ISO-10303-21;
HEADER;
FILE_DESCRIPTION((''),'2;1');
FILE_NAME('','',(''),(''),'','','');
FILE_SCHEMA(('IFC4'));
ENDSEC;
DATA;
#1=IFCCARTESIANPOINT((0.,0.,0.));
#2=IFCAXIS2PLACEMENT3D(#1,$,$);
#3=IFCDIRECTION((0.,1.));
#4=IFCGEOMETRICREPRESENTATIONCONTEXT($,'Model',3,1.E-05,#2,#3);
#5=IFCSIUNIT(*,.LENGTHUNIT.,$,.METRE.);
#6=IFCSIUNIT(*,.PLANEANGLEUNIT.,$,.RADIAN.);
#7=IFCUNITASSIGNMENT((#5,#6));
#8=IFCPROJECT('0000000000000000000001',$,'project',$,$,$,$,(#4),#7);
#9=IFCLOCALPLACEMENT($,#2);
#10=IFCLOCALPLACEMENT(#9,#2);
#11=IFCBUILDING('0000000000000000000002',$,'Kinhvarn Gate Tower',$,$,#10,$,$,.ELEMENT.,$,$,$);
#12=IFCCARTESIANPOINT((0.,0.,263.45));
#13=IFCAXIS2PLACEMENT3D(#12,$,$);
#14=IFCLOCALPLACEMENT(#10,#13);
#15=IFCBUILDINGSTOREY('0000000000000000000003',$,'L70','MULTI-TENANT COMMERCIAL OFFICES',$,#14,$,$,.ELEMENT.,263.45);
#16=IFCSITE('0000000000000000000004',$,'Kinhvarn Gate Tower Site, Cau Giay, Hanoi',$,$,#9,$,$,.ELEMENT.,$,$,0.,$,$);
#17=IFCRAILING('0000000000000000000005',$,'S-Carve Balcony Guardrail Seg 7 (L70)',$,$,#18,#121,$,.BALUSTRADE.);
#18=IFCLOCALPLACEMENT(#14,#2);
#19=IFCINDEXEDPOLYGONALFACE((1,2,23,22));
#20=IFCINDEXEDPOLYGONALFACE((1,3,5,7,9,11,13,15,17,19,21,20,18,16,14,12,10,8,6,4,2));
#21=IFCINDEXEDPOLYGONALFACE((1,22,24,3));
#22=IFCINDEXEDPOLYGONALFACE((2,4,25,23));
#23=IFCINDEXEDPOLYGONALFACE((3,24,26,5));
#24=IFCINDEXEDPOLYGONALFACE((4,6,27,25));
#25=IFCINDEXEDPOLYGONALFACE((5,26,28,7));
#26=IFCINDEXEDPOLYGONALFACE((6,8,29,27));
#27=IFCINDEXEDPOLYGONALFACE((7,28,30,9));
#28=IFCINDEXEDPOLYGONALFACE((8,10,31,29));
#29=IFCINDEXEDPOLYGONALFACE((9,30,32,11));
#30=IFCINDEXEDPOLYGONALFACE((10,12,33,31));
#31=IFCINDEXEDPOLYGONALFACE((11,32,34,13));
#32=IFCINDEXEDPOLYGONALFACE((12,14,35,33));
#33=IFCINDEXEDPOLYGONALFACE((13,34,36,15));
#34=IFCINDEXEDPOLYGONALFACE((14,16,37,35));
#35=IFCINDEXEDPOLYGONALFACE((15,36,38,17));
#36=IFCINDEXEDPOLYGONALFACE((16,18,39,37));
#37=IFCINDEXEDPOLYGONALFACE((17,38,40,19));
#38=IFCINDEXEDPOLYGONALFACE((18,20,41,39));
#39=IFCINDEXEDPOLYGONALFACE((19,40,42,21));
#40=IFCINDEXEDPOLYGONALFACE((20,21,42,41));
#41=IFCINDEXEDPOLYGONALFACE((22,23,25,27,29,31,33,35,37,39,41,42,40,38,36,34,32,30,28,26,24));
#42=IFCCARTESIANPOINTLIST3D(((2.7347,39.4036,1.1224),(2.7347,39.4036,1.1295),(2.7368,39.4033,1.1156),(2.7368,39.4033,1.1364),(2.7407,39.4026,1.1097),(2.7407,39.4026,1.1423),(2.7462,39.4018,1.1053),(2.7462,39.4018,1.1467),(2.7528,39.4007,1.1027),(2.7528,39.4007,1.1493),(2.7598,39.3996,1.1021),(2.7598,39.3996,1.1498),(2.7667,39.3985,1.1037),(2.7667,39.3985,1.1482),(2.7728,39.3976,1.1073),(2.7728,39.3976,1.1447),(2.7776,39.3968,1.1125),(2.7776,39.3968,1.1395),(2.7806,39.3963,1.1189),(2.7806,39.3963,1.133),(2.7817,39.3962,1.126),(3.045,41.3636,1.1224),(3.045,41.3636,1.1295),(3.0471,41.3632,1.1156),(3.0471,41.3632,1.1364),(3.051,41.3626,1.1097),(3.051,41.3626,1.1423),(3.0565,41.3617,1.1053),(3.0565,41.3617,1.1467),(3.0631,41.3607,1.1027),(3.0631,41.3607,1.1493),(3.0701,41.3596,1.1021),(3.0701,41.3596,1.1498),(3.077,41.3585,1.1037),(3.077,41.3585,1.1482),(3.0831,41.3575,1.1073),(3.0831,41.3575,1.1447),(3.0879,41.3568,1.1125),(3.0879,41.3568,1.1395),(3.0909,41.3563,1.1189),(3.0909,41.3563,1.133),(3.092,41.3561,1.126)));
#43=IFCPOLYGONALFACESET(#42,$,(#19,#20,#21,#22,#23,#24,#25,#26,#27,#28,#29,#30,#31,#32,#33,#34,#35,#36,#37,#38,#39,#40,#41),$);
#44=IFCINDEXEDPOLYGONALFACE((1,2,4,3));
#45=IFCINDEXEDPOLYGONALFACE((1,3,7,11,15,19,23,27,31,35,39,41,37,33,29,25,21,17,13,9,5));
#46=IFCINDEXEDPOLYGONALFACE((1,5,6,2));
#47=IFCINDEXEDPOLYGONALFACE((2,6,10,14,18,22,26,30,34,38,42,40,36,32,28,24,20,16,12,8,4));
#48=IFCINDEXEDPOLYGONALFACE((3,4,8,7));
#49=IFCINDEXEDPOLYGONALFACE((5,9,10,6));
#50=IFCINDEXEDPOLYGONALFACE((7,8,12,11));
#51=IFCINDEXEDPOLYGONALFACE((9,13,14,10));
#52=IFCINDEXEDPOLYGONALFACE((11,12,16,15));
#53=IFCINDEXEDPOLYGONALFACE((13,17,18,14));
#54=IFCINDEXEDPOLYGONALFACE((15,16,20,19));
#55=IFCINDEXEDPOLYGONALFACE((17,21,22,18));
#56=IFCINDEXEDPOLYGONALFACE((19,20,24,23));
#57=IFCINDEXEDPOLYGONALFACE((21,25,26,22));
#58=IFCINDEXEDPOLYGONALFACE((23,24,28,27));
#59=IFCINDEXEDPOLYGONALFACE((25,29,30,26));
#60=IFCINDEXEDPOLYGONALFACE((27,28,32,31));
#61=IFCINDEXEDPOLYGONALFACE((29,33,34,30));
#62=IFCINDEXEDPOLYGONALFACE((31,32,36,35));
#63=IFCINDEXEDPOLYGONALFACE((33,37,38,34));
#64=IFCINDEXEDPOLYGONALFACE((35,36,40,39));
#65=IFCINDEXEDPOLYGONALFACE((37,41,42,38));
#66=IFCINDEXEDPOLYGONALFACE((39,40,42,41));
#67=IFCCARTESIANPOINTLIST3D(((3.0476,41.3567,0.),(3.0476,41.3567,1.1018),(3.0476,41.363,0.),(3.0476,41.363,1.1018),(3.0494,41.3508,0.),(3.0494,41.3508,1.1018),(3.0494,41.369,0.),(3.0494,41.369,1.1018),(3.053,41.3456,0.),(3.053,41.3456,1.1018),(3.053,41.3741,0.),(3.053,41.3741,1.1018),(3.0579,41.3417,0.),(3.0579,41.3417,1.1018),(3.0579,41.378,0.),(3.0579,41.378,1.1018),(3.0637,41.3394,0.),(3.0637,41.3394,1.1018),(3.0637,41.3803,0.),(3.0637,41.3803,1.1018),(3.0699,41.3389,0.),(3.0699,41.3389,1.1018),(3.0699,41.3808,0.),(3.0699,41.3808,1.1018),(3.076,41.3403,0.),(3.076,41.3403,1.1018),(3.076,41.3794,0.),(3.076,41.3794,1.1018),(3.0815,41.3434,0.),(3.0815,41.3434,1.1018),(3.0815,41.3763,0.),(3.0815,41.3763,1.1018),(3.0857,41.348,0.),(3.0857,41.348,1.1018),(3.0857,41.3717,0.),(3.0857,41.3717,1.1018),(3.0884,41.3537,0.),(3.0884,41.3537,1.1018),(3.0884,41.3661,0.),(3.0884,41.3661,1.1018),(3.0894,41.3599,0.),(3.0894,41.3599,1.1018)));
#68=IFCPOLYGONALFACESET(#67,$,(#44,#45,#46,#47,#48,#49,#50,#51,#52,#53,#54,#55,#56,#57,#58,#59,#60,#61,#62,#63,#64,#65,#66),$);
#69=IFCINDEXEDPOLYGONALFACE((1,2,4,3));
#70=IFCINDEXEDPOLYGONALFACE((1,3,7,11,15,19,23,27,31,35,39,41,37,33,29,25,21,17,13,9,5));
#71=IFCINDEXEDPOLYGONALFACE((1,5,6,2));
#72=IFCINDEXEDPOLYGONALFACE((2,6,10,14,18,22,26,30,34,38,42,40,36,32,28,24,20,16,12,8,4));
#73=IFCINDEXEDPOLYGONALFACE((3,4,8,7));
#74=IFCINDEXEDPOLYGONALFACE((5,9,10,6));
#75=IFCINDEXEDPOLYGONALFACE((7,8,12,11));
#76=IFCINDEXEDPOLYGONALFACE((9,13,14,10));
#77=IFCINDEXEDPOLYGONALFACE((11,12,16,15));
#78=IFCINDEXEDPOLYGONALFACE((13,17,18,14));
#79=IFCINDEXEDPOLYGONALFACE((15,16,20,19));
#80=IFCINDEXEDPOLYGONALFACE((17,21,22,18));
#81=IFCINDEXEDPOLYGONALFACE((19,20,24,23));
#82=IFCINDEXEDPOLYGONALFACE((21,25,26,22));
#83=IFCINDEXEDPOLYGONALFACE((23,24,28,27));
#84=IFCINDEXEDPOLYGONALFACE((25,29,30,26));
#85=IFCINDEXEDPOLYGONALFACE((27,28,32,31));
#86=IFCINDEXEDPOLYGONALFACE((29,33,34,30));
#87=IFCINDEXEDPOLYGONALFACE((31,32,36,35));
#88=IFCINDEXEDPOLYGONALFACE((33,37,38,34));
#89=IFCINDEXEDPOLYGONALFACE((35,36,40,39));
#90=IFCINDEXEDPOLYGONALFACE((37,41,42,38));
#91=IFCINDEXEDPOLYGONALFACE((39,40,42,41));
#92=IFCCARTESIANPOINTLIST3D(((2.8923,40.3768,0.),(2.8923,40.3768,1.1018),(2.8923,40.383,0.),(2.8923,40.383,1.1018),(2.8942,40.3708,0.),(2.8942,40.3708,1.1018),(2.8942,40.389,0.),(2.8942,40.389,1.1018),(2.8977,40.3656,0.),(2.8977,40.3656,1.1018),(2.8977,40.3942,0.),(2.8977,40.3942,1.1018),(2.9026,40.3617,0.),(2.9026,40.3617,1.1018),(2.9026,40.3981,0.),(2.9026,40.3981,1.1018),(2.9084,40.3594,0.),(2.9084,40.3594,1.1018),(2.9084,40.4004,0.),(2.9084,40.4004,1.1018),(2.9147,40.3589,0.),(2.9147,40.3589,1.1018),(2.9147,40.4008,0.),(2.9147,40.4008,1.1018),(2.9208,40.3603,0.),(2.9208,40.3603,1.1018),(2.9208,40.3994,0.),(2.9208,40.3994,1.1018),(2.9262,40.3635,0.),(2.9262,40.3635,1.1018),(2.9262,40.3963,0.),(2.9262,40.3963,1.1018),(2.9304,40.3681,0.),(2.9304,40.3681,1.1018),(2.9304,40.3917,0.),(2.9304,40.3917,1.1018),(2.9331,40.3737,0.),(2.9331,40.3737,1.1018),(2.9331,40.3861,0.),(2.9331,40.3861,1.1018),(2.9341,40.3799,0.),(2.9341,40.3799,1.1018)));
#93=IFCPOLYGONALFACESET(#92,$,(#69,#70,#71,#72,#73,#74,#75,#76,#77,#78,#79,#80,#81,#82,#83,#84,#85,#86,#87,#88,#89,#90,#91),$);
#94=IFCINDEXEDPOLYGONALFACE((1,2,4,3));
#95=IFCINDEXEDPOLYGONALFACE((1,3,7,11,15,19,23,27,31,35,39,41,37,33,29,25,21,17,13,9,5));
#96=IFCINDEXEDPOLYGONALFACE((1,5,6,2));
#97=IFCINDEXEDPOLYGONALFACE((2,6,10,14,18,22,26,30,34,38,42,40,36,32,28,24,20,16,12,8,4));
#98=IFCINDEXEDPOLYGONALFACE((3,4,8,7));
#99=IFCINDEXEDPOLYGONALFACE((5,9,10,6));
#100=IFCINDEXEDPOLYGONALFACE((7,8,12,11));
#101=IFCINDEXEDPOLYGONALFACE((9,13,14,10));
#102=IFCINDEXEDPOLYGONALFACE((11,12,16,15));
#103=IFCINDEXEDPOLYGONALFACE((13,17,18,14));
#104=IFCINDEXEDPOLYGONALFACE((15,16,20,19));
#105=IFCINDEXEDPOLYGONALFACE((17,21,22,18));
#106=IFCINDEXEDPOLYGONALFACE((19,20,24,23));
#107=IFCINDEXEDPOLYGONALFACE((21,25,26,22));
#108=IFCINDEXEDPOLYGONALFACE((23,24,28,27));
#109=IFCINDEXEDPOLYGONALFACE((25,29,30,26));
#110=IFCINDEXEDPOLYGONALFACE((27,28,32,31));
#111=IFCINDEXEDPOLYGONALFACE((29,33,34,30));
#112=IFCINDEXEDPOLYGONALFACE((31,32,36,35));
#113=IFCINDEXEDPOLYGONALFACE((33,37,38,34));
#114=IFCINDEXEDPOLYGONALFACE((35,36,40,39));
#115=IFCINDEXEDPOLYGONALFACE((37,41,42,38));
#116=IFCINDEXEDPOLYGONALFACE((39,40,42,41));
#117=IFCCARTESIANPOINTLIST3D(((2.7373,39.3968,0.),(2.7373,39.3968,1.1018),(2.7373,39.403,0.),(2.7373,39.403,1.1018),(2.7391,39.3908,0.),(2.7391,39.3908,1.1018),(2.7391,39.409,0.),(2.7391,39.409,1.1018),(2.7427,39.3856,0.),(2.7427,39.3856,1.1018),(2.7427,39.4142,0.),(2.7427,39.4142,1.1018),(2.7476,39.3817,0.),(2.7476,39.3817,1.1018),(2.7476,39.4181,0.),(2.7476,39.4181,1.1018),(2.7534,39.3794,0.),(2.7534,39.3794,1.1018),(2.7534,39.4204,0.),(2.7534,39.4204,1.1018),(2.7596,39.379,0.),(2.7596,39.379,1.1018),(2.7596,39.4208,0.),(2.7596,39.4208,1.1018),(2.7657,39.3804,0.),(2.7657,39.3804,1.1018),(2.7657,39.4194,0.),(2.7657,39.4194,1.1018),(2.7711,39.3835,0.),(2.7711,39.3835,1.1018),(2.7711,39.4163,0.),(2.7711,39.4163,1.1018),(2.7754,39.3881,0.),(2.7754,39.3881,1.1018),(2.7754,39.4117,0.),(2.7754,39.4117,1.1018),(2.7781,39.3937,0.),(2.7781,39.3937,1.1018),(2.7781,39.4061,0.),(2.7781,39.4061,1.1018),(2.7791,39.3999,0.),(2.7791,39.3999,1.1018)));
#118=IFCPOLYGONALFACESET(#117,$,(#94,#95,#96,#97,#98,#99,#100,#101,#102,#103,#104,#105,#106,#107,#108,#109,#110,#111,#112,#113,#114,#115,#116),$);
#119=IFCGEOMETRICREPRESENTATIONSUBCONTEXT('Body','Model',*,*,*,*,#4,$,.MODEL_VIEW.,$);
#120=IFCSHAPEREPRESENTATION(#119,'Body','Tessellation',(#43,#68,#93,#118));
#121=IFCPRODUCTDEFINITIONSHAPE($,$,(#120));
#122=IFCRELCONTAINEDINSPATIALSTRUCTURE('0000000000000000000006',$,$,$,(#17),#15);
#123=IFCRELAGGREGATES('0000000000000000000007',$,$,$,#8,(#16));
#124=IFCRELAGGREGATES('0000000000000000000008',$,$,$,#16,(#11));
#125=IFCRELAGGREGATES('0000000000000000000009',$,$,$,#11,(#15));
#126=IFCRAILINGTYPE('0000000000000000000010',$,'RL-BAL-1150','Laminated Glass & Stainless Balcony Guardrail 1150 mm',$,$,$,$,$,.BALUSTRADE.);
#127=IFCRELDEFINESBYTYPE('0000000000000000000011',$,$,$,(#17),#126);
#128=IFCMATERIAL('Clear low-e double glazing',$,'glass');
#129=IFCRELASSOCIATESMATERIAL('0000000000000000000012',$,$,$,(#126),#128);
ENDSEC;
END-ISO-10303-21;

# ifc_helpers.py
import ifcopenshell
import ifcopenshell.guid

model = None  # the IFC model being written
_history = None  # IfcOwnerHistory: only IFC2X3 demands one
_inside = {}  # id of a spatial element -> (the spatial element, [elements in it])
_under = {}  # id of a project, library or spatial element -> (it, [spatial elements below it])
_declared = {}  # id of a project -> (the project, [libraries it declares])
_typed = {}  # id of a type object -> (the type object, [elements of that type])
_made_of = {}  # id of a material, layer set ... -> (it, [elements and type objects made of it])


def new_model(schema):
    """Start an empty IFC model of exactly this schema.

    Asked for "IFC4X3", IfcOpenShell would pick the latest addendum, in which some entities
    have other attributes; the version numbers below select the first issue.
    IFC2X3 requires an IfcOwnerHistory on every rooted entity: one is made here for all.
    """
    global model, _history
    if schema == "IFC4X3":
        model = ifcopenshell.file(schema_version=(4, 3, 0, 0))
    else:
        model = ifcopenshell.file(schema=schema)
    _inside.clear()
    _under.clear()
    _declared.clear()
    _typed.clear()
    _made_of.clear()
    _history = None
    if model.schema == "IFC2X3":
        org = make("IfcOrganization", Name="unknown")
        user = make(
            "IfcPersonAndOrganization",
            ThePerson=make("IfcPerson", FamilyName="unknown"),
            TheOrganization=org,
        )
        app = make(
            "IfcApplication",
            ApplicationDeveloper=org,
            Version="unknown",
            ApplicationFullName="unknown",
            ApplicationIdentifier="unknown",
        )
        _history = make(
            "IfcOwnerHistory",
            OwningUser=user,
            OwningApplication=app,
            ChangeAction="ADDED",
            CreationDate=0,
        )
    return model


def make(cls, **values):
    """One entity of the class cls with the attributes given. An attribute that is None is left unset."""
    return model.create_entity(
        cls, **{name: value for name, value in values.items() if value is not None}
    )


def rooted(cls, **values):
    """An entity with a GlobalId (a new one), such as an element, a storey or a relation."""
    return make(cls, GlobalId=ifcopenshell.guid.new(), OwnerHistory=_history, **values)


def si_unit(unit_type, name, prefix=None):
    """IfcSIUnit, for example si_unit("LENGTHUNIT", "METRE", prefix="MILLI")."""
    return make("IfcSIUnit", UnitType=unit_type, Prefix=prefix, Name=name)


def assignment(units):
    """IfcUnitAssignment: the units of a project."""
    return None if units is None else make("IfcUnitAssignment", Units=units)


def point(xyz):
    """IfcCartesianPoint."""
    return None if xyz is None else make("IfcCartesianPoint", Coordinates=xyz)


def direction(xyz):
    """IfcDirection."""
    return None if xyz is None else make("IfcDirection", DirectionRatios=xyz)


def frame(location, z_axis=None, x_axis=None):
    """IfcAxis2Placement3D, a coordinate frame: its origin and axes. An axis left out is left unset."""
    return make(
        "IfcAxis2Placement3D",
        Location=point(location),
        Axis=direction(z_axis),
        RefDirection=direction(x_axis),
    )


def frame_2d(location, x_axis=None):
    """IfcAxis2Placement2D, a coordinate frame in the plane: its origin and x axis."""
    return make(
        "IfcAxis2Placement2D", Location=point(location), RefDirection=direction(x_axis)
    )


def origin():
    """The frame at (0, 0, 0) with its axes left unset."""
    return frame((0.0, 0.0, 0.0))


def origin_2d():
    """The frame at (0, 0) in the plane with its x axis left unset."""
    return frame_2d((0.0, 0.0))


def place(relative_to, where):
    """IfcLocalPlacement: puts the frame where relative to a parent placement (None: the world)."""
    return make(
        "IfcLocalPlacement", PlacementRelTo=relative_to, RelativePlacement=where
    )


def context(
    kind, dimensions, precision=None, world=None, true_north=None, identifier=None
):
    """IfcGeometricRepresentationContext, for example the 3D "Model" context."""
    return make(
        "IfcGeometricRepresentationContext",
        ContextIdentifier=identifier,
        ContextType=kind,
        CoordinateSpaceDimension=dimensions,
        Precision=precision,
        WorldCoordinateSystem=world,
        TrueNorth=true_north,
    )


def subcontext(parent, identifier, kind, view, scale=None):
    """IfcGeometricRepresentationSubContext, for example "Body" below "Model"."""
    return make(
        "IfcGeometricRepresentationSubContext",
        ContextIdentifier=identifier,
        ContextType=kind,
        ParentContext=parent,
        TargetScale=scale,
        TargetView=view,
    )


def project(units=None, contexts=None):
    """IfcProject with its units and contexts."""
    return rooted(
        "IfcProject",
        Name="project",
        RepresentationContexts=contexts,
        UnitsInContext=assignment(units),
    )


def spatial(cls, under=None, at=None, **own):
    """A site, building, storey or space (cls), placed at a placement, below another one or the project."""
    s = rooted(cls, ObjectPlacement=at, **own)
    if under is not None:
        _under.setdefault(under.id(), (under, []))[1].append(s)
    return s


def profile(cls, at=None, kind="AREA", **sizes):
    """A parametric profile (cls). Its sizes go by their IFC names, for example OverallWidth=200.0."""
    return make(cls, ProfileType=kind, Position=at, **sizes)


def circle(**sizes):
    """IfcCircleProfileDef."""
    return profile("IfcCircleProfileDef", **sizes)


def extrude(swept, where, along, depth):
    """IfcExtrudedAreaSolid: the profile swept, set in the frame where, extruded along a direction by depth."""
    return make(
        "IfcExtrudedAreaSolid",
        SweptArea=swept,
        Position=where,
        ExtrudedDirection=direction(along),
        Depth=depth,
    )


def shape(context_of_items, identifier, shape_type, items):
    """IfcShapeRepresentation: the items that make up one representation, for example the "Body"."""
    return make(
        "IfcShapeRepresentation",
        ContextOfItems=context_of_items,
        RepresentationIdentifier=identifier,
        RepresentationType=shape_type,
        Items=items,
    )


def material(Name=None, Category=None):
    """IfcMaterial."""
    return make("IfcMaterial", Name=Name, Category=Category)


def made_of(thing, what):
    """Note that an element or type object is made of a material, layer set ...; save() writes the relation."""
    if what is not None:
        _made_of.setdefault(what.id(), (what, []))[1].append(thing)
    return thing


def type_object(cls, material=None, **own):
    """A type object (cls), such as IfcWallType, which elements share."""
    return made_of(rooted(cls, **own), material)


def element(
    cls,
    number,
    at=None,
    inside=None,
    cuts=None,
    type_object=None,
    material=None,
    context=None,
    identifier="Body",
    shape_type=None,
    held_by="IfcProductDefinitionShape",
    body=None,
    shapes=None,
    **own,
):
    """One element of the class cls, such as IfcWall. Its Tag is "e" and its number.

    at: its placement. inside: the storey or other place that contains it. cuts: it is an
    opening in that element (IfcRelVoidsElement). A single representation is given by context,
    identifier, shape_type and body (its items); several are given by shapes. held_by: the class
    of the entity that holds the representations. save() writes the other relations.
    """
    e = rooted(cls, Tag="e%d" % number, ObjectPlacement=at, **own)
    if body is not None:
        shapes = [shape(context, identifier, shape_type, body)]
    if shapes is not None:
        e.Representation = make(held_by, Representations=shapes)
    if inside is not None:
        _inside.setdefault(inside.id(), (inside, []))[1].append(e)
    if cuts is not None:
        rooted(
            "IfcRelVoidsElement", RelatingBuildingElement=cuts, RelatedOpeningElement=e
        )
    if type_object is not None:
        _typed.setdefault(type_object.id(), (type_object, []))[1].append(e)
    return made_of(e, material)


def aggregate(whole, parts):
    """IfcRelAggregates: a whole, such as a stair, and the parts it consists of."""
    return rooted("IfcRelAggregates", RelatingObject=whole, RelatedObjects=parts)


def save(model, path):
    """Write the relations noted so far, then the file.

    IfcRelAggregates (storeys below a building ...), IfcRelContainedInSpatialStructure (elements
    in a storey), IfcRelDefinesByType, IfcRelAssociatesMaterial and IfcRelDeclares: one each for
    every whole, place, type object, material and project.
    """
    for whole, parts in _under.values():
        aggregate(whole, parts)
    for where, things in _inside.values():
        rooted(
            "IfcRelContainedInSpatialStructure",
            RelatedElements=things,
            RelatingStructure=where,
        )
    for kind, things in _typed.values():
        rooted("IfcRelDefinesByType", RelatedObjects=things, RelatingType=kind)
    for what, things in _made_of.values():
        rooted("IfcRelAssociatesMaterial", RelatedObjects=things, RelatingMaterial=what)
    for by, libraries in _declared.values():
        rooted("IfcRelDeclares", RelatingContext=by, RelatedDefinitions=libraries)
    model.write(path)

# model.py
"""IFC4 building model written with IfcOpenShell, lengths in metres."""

from ifc_helpers import new_model, si_unit, direction, frame, origin, origin_2d, place, context, subcontext, project, spatial, circle, extrude, material, type_object, element, save


model = new_model("IFC4")

# Units and contexts
model_context = context("Model", 3, precision=1e-05, world=origin(), true_north=direction((0.0, 1.0)))
body_context = subcontext(model_context, "Body", "Model", "MODEL_VIEW")
ifc_project = project(units=[si_unit("LENGTHUNIT", "METRE"), si_unit("PLANEANGLEUNIT", "RADIAN")], contexts=[model_context])

# Site, building, storey
site_placement = place(None, origin())
site = spatial("IfcSite", under=ifc_project, at=site_placement, Name="Kinhvarn Gate Tower Site, Cau Giay, Hanoi", CompositionType="ELEMENT", RefElevation=0.0)
building_placement = place(site_placement, origin())
building = spatial("IfcBuilding", under=site, at=building_placement, Name="Kinhvarn Gate Tower", CompositionType="ELEMENT")
storey_placement = place(building_placement, frame((0.0, 0.0, 263.45)))
storey = spatial("IfcBuildingStorey", under=building, at=storey_placement, Name="L70", Description="MULTI-TENANT COMMERCIAL OFFICES", CompositionType="ELEMENT", Elevation=263.45)

# Shared definitions
ifc_material_1 = material(Name="Clear low-e double glazing", Category="glass")

# Railing
railing_type = type_object("IfcRailingType", Name="RL-BAL-1150", Description="Laminated Glass & Stainless Balcony Guardrail 1150 mm", PredefinedType="BALUSTRADE", material=ifc_material_1)
railing_1_placement = place(storey_placement, frame((3.0684, 41.3599, 0.0)))
element("IfcRailing", 1, at=railing_1_placement, inside=storey, type_object=railing_type, Name="S-Carve Balcony Guardrail Seg 7 (L70)", PredefinedType="BALUSTRADE", context=body_context, shape_type="SweptSolid", body=[
    extrude(circle(Radius=0.0239, at=origin_2d()), frame((0.0, 0.0, 1.126), z_axis=(-0.156373, -0.987698, 0.0), x_axis=(0.987698, -0.156373, 0.0)), (0.0, 0.0, 1.0), 1.9844),
    extrude(circle(Radius=0.021, at=origin_2d()), origin(), (0.0, 0.0, 1.0), 1.1018),
    extrude(circle(Radius=0.021, at=origin_2d()), frame((-0.1553, -0.98, 0.0)), (0.0, 0.0, 1.0), 1.1018),
    extrude(circle(Radius=0.021, at=origin_2d()), frame((-0.3103, -1.96, 0.0)), (0.0, 0.0, 1.0), 1.1018),
])

save(model, "model.ifc")
